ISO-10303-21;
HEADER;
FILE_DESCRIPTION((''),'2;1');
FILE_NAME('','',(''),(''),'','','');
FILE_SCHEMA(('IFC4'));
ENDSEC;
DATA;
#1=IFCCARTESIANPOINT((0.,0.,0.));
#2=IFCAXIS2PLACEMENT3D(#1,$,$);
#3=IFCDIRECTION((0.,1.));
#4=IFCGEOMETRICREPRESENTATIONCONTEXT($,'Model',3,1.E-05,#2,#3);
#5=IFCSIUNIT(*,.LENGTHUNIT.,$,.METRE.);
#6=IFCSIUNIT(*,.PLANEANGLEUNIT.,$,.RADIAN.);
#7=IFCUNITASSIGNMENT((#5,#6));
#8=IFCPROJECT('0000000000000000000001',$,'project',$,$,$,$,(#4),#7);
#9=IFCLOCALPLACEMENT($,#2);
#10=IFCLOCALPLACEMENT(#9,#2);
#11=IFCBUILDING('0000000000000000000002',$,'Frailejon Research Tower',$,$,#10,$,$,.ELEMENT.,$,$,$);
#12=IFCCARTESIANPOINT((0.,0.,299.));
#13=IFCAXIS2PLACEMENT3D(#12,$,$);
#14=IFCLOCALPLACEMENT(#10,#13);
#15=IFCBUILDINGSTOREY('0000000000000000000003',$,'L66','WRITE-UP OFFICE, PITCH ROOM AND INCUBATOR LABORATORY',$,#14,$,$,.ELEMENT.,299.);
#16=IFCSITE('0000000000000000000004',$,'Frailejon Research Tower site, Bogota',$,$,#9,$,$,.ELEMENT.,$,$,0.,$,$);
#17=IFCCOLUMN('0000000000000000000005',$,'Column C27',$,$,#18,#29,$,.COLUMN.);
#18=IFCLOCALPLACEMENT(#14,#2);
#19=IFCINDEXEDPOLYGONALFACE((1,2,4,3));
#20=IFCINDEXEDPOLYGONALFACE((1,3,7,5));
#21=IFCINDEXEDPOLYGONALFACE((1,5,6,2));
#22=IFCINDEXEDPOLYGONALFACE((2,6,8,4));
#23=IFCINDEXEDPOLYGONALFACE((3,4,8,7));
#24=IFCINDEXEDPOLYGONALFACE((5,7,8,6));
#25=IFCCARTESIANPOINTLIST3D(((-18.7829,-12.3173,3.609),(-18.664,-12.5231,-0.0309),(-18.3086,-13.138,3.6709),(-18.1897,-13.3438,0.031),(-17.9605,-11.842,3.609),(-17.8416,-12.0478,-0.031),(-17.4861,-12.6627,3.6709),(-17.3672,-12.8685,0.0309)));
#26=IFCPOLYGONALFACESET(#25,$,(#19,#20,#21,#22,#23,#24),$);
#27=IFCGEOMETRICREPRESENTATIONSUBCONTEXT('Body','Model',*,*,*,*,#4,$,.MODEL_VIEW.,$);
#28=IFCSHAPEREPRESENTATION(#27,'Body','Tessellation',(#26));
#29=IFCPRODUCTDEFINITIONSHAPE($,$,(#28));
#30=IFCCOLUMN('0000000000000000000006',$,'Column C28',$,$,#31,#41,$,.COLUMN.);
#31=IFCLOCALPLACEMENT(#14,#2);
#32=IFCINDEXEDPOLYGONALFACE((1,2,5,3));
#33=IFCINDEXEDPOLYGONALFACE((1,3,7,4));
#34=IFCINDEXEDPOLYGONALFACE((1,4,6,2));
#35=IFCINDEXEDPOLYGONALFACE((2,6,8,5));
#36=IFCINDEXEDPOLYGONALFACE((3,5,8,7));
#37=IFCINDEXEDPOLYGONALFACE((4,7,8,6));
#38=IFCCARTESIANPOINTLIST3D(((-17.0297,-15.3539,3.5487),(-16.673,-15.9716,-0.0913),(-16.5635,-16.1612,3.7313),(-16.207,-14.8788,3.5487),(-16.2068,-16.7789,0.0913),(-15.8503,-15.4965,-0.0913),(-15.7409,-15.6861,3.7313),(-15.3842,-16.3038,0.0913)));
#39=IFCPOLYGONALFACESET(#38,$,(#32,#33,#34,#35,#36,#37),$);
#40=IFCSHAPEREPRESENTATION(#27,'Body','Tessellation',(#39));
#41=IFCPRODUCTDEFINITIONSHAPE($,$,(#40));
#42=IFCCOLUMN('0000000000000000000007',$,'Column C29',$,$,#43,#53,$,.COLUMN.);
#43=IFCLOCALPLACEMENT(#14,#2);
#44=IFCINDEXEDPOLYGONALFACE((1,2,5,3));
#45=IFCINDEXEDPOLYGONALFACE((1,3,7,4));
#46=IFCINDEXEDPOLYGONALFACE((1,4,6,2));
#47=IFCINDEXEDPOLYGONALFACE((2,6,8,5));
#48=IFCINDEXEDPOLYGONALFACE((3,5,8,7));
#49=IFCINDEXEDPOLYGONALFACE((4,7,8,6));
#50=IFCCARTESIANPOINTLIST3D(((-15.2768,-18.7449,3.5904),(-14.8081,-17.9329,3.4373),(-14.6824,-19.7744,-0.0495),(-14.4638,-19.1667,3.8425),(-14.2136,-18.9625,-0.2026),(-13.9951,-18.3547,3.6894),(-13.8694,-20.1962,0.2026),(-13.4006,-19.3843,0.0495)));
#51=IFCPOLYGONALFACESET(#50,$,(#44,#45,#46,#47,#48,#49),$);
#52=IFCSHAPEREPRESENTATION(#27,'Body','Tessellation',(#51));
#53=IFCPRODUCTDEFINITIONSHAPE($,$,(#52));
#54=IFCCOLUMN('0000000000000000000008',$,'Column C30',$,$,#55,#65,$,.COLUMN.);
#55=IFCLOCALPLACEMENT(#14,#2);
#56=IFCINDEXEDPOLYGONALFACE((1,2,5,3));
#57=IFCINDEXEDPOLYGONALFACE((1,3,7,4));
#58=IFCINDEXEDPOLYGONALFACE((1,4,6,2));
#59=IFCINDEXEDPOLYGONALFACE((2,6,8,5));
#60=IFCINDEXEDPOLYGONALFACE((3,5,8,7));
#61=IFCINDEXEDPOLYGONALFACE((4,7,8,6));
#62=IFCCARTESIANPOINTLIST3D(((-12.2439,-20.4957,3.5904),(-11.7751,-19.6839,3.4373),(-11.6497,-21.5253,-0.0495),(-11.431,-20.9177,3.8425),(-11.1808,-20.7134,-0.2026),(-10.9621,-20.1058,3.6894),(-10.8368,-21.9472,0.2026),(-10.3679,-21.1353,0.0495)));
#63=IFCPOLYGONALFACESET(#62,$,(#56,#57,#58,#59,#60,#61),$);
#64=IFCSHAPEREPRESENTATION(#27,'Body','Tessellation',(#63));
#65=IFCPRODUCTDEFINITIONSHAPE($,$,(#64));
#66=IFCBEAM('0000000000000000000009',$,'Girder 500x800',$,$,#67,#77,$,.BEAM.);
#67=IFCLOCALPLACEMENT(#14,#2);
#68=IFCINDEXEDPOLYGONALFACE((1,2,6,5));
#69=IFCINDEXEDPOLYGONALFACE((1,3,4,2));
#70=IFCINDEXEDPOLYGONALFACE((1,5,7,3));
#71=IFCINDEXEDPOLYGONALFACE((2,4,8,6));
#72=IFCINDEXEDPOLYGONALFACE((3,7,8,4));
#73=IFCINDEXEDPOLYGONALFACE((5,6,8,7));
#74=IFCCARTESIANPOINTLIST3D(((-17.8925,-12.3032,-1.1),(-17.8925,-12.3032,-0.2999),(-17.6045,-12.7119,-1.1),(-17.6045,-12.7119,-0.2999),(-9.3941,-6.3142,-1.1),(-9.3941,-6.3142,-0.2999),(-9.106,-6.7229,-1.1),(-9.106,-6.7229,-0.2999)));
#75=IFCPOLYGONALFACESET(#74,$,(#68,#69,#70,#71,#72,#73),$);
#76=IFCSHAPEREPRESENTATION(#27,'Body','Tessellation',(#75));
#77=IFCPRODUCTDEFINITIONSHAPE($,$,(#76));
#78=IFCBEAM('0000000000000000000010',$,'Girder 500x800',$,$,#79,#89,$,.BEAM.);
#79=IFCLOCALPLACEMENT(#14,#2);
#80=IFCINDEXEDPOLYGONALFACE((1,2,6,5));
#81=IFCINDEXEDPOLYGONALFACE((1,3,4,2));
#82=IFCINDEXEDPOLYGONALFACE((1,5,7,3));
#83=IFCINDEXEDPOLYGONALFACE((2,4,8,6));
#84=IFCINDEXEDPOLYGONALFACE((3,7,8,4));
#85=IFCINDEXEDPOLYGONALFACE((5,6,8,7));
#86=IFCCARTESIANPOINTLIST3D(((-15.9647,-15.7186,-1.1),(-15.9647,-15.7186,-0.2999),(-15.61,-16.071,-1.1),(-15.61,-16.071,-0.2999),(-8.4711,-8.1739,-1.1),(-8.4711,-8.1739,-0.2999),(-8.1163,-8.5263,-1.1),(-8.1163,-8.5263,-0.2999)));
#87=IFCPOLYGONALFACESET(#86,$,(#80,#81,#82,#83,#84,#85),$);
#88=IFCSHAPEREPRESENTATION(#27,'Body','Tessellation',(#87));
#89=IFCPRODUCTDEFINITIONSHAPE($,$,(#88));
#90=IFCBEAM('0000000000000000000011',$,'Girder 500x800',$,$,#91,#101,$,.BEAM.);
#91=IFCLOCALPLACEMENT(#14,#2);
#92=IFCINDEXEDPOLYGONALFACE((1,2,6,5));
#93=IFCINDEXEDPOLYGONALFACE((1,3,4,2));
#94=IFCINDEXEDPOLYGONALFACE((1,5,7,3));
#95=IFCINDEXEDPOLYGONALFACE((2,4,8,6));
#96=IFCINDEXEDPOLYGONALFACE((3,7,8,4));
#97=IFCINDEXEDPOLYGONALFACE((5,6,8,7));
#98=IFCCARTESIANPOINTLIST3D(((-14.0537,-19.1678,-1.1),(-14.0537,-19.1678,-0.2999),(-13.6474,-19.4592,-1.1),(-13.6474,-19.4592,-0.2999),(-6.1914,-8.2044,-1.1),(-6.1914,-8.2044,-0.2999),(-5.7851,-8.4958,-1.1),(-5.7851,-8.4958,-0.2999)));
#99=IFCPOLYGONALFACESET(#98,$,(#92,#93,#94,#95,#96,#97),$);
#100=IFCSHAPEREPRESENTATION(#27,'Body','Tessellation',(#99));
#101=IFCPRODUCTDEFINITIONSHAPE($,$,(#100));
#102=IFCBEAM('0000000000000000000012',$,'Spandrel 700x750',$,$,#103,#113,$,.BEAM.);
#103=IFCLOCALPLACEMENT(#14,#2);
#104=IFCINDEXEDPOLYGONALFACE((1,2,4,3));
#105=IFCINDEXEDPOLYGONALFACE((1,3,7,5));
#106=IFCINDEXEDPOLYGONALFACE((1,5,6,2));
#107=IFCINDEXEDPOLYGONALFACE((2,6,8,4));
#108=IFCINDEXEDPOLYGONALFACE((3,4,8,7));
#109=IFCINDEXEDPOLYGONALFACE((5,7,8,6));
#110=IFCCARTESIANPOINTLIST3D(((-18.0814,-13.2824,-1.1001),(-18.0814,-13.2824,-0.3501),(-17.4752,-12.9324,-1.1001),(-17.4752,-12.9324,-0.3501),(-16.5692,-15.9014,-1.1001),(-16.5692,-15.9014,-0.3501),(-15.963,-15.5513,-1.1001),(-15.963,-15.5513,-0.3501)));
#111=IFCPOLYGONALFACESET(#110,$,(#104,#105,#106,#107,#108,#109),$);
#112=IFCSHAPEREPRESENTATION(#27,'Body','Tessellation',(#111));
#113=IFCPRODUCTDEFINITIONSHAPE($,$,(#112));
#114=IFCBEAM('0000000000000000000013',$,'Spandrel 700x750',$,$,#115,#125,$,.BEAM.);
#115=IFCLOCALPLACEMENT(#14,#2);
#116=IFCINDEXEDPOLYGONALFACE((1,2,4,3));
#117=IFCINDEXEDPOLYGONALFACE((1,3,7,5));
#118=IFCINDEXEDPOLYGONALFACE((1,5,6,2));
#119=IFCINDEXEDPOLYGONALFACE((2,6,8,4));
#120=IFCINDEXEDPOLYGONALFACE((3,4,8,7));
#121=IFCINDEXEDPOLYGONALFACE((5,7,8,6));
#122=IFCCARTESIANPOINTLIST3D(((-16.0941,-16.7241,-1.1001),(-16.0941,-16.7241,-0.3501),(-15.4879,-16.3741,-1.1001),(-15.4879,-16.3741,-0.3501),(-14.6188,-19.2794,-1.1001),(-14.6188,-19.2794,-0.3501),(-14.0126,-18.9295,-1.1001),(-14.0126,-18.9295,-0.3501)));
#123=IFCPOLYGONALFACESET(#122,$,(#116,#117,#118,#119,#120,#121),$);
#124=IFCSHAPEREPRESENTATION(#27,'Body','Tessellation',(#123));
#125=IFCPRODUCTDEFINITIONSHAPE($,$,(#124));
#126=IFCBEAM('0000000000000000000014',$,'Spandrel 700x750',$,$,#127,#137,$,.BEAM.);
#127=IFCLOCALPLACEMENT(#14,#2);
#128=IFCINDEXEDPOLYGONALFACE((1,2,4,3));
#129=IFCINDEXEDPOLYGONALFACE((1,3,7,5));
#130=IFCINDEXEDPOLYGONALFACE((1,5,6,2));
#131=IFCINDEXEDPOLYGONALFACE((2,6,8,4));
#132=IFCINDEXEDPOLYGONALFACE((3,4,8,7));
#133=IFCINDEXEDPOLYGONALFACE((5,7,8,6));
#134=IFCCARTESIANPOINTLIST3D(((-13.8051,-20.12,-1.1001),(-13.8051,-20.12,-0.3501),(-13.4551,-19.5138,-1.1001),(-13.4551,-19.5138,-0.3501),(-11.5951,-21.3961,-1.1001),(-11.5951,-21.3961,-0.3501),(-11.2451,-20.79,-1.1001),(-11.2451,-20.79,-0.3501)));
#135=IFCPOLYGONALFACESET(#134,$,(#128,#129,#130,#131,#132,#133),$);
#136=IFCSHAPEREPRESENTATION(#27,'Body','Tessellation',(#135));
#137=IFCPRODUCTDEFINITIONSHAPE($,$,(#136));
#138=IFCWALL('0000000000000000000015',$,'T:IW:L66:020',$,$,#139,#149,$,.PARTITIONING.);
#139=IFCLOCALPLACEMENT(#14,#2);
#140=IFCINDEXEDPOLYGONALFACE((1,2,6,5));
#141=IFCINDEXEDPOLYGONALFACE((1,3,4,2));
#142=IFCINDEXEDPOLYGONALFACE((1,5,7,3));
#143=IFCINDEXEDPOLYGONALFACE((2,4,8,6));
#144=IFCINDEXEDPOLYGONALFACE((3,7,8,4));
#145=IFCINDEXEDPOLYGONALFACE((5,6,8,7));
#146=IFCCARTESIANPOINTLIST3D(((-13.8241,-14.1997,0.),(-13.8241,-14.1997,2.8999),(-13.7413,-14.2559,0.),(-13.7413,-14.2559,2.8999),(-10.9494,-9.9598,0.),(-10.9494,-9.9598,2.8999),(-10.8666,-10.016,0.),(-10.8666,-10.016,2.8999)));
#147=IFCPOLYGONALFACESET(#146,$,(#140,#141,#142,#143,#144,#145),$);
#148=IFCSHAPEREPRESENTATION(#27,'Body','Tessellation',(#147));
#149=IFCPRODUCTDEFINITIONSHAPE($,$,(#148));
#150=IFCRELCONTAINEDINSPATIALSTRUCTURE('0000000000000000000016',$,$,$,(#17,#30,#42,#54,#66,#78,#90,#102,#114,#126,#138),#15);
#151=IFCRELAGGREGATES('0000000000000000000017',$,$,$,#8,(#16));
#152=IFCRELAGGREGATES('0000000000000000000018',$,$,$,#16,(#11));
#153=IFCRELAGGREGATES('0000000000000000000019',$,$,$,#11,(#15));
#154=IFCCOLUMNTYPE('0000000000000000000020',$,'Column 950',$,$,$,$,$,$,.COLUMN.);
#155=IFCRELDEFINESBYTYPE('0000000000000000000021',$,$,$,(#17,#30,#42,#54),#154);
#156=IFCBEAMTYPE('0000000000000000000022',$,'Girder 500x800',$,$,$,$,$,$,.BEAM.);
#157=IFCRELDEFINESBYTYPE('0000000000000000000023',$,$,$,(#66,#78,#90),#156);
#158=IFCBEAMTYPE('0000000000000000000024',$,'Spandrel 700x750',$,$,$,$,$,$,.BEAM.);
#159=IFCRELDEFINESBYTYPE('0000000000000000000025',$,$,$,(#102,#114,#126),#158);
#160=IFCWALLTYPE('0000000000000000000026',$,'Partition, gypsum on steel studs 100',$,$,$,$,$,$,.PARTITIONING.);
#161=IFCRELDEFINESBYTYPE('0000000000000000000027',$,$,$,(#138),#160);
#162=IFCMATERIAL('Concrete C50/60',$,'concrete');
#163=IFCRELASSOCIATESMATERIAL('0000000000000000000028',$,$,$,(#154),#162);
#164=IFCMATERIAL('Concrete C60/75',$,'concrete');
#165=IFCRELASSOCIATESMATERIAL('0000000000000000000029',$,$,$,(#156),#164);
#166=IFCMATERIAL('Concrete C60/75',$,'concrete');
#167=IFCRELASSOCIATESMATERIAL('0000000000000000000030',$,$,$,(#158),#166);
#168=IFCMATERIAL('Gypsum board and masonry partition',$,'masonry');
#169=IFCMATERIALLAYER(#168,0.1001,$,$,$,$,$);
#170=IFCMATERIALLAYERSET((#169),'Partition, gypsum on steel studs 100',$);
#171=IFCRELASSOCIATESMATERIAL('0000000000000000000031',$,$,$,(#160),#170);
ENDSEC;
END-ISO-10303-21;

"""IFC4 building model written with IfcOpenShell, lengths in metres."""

from ifc_helpers import new_model, si_unit, direction, frame, frame_2d, origin, origin_2d, place, context, subcontext, project, spatial, rectangle, extrude, material, layer, layer_set, material_profile, profile_set, type_object, element, save


model = new_model("IFC4")

# Units and contexts
model_context = context("Model", 3, precision=1e-05, world=origin(), true_north=direction((0.0, 1.0)))
body_context = subcontext(model_context, "Body", "Model", "MODEL_VIEW")
ifc_project = project(units=[si_unit("LENGTHUNIT", "METRE"), si_unit("PLANEANGLEUNIT", "RADIAN")], contexts=[model_context])

# Site, building, storey
site_placement = place(None, origin())
site = spatial("IfcSite", under=ifc_project, at=site_placement, Name="Frailejon Research Tower site, Bogota", CompositionType="ELEMENT", RefElevation=0.0)
building_placement = place(site_placement, origin())
building = spatial("IfcBuilding", under=site, at=building_placement, Name="Frailejon Research Tower", CompositionType="ELEMENT")
storey_placement = place(building_placement, frame((0.0, 0.0, 299.0)))
storey = spatial("IfcBuildingStorey", under=building, at=storey_placement, Name="L66", Description="WRITE-UP OFFICE, PITCH ROOM AND INCUBATOR LABORATORY", CompositionType="ELEMENT", Elevation=299.0)

# Columns
ifc_material_1 = material(Name="Concrete C50/60", Category="concrete")
ifc_material_profile_1 = material_profile(ifc_material_1, rectangle(XDim=0.95, YDim=0.95, at=origin_2d()), Name="Column 950")
ifc_profile_set_1 = profile_set([ifc_material_profile_1], Name="Concrete C50/60")
column_type = type_object("IfcColumnType", Name="Column 950", PredefinedType="COLUMN", material=ifc_profile_set_1)
column_1_placement = place(storey_placement, frame((-18.0156, -12.6958, 0.0), z_axis=(-0.032595, 0.056423, 0.997875), x_axis=(0.499319, -0.863965, 0.065161)))
element("IfcColumn", 1, at=column_1_placement, inside=storey, type_object=column_type, Name="Column C27", PredefinedType="COLUMN", context=body_context, shape_type="SweptSolid", body=[
    extrude(rectangle(XDim=0.95, YDim=0.95, at=origin_2d()), origin(), (0.0, 0.0, 1.0), 3.6477),
])
column_2_placement = place(storey_placement, frame((-16.0286, -16.1377, 0.0), z_axis=(-0.096166, 0.166529, 0.981336), x_axis=(0.490749, -0.849815, 0.192301)))
element("IfcColumn", 2, at=column_2_placement, inside=storey, type_object=column_type, Name="Column C28", PredefinedType="COLUMN", context=body_context, shape_type="SweptSolid", body=[
    extrude(rectangle(XDim=0.95, YDim=0.95, at=origin_2d()), origin(), (0.0, 0.0, 1.0), 3.7092),
])
for number, where, z_axis, x_axis, name in (
    (3, (-14.0415, -19.5793, 0.0), (-0.155253, 0.268871, 0.950581), (0.85583, -0.444002, 0.265363), "Column C29"),
    (4, (-11.0088, -21.3303, 0.0), (-0.155191, 0.268874, 0.950591), (0.855755, -0.444161, 0.265339), "Column C30"),
):
    element("IfcColumn", number, at=place(storey_placement, frame(where, z_axis=z_axis, x_axis=x_axis)), inside=storey, type_object=column_type, Name=name, PredefinedType="COLUMN", context=body_context, shape_type="SweptSolid", body=[
        extrude(rectangle(XDim=0.95, YDim=0.95, at=origin_2d()), origin(), (0.0, 0.0, 1.0), 3.8291),
    ])

# Beams
ifc_material_2 = material(Name="Concrete C60/75", Category="concrete")
ifc_material_profile_2 = material_profile(ifc_material_2, rectangle(XDim=0.5, YDim=0.8, at=origin_2d()), Name="Girder 500x800")
ifc_profile_set_2 = profile_set([ifc_material_profile_2], Name="Concrete C60/75")
beam_type_1 = type_object("IfcBeamType", Name="Girder 500x800", PredefinedType="BEAM", material=ifc_profile_set_2)
beam_1_placement = place(storey_placement, frame((-17.7485, -12.5076, -0.7), z_axis=(0.817419, 0.576044, 0.0), x_axis=(-0.576044, 0.817419, 0.0)))
element("IfcBeam", 5, at=beam_1_placement, inside=storey, type_object=beam_type_1, Name="Girder 500x800", PredefinedType="BEAM", context=body_context, shape_type="SweptSolid", body=[
    extrude(rectangle(XDim=0.5, YDim=0.8, at=origin_2d()), origin(), (0.0, 0.0, 1.0), 10.3967),
])
beam_2_placement = place(storey_placement, frame((-15.7874, -15.8948, -0.7), z_axis=(0.704703, 0.709502, 0.0), x_axis=(-0.709502, 0.704703, 0.0)))
element("IfcBeam", 6, at=beam_2_placement, inside=storey, type_object=beam_type_1, Name="Girder 500x800", PredefinedType="BEAM", context=body_context, shape_type="SweptSolid", body=[
    extrude(rectangle(XDim=0.5, YDim=0.8, at=origin_2d()), origin(), (0.0, 0.0, 1.0), 10.6338),
])
beam_3_placement = place(storey_placement, frame((-13.8506, -19.3135, -0.7), z_axis=(0.582774, 0.812634, 0.0), x_axis=(-0.812634, 0.582774, 0.0)))
element("IfcBeam", 7, at=beam_3_placement, inside=storey, type_object=beam_type_1, Name="Girder 500x800", PredefinedType="BEAM", context=body_context, shape_type="SweptSolid", body=[
    extrude(rectangle(XDim=0.5, YDim=0.8, at=origin_2d()), origin(), (0.0, 0.0, 1.0), 13.4912),
])
ifc_material_3 = material(Name="Concrete C60/75", Category="concrete")
ifc_material_profile_3 = material_profile(ifc_material_3, rectangle(XDim=0.7, YDim=0.75, at=origin_2d()), Name="Spandrel 700x750")
ifc_profile_set_3 = profile_set([ifc_material_profile_3], Name="Concrete C60/75")
beam_type_2 = type_object("IfcBeamType", Name="Spandrel 700x750", PredefinedType="BEAM", material=ifc_profile_set_3)
beam_4_placement = place(storey_placement, frame((-17.7783, -13.1074, -0.7251), z_axis=(0.500046, -0.865999, 0.0), x_axis=(0.865999, 0.500046, 0.0)))
element("IfcBeam", 8, at=beam_4_placement, inside=storey, type_object=beam_type_2, Name="Spandrel 700x750", PredefinedType="BEAM", context=body_context, shape_type="SweptSolid", body=[
    extrude(rectangle(XDim=0.7, YDim=0.75, at=origin_2d()), origin(), (0.0, 0.0, 1.0), 3.0242),
])
beam_5_placement = place(storey_placement, frame((-15.791, -16.5491, -0.7251), z_axis=(0.499992, -0.86603, 0.0), x_axis=(0.86603, 0.499992, 0.0)))
element("IfcBeam", 9, at=beam_5_placement, inside=storey, type_object=beam_type_2, Name="Spandrel 700x750", PredefinedType="BEAM", context=body_context, shape_type="SweptSolid", body=[
    extrude(rectangle(XDim=0.7, YDim=0.75, at=origin_2d()), origin(), (0.0, 0.0, 1.0), 2.9507),
])
beam_6_placement = place(storey_placement, frame((-13.6301, -19.8169, -0.7251), z_axis=(0.865991, -0.500059, 0.0), x_axis=(0.500059, 0.865991, 0.0)))
element("IfcBeam", 10, at=beam_6_placement, inside=storey, type_object=beam_type_2, Name="Spandrel 700x750", PredefinedType="BEAM", context=body_context, shape_type="SweptSolid", body=[
    extrude(rectangle(XDim=0.7, YDim=0.75, at=origin_2d()), origin(), (0.0, 0.0, 1.0), 2.552),
])

# Wall
ifc_material_4 = material(Name="Gypsum board and masonry partition", Category="masonry")
ifc_layer_1 = layer(ifc_material_4, 0.1001)
ifc_layer_set_1 = layer_set([ifc_layer_1], Name="Partition, gypsum on steel studs 100")
wall_type_1 = type_object("IfcWallType", Name="Partition, gypsum on steel studs 100", PredefinedType="PARTITIONING", material=ifc_layer_set_1)
wall_1_placement = place(storey_placement, frame((-13.7827, -14.2278, 0.0), z_axis=(0.0, 0.0, 1.0), x_axis=(0.561183, 0.827692, 0.0)))
element("IfcWall", 11, at=wall_1_placement, inside=storey, type_object=wall_type_1, Name="T:IW:L66:020", PredefinedType="PARTITIONING", context=body_context, shape_type="SweptSolid", body=[
    extrude(rectangle(XDim=5.1226, YDim=0.1001, at=frame_2d((2.5613, 0.0))), origin(), (0.0, 0.0, 1.0), 2.8999),
])

save(model, "model.ifc")
